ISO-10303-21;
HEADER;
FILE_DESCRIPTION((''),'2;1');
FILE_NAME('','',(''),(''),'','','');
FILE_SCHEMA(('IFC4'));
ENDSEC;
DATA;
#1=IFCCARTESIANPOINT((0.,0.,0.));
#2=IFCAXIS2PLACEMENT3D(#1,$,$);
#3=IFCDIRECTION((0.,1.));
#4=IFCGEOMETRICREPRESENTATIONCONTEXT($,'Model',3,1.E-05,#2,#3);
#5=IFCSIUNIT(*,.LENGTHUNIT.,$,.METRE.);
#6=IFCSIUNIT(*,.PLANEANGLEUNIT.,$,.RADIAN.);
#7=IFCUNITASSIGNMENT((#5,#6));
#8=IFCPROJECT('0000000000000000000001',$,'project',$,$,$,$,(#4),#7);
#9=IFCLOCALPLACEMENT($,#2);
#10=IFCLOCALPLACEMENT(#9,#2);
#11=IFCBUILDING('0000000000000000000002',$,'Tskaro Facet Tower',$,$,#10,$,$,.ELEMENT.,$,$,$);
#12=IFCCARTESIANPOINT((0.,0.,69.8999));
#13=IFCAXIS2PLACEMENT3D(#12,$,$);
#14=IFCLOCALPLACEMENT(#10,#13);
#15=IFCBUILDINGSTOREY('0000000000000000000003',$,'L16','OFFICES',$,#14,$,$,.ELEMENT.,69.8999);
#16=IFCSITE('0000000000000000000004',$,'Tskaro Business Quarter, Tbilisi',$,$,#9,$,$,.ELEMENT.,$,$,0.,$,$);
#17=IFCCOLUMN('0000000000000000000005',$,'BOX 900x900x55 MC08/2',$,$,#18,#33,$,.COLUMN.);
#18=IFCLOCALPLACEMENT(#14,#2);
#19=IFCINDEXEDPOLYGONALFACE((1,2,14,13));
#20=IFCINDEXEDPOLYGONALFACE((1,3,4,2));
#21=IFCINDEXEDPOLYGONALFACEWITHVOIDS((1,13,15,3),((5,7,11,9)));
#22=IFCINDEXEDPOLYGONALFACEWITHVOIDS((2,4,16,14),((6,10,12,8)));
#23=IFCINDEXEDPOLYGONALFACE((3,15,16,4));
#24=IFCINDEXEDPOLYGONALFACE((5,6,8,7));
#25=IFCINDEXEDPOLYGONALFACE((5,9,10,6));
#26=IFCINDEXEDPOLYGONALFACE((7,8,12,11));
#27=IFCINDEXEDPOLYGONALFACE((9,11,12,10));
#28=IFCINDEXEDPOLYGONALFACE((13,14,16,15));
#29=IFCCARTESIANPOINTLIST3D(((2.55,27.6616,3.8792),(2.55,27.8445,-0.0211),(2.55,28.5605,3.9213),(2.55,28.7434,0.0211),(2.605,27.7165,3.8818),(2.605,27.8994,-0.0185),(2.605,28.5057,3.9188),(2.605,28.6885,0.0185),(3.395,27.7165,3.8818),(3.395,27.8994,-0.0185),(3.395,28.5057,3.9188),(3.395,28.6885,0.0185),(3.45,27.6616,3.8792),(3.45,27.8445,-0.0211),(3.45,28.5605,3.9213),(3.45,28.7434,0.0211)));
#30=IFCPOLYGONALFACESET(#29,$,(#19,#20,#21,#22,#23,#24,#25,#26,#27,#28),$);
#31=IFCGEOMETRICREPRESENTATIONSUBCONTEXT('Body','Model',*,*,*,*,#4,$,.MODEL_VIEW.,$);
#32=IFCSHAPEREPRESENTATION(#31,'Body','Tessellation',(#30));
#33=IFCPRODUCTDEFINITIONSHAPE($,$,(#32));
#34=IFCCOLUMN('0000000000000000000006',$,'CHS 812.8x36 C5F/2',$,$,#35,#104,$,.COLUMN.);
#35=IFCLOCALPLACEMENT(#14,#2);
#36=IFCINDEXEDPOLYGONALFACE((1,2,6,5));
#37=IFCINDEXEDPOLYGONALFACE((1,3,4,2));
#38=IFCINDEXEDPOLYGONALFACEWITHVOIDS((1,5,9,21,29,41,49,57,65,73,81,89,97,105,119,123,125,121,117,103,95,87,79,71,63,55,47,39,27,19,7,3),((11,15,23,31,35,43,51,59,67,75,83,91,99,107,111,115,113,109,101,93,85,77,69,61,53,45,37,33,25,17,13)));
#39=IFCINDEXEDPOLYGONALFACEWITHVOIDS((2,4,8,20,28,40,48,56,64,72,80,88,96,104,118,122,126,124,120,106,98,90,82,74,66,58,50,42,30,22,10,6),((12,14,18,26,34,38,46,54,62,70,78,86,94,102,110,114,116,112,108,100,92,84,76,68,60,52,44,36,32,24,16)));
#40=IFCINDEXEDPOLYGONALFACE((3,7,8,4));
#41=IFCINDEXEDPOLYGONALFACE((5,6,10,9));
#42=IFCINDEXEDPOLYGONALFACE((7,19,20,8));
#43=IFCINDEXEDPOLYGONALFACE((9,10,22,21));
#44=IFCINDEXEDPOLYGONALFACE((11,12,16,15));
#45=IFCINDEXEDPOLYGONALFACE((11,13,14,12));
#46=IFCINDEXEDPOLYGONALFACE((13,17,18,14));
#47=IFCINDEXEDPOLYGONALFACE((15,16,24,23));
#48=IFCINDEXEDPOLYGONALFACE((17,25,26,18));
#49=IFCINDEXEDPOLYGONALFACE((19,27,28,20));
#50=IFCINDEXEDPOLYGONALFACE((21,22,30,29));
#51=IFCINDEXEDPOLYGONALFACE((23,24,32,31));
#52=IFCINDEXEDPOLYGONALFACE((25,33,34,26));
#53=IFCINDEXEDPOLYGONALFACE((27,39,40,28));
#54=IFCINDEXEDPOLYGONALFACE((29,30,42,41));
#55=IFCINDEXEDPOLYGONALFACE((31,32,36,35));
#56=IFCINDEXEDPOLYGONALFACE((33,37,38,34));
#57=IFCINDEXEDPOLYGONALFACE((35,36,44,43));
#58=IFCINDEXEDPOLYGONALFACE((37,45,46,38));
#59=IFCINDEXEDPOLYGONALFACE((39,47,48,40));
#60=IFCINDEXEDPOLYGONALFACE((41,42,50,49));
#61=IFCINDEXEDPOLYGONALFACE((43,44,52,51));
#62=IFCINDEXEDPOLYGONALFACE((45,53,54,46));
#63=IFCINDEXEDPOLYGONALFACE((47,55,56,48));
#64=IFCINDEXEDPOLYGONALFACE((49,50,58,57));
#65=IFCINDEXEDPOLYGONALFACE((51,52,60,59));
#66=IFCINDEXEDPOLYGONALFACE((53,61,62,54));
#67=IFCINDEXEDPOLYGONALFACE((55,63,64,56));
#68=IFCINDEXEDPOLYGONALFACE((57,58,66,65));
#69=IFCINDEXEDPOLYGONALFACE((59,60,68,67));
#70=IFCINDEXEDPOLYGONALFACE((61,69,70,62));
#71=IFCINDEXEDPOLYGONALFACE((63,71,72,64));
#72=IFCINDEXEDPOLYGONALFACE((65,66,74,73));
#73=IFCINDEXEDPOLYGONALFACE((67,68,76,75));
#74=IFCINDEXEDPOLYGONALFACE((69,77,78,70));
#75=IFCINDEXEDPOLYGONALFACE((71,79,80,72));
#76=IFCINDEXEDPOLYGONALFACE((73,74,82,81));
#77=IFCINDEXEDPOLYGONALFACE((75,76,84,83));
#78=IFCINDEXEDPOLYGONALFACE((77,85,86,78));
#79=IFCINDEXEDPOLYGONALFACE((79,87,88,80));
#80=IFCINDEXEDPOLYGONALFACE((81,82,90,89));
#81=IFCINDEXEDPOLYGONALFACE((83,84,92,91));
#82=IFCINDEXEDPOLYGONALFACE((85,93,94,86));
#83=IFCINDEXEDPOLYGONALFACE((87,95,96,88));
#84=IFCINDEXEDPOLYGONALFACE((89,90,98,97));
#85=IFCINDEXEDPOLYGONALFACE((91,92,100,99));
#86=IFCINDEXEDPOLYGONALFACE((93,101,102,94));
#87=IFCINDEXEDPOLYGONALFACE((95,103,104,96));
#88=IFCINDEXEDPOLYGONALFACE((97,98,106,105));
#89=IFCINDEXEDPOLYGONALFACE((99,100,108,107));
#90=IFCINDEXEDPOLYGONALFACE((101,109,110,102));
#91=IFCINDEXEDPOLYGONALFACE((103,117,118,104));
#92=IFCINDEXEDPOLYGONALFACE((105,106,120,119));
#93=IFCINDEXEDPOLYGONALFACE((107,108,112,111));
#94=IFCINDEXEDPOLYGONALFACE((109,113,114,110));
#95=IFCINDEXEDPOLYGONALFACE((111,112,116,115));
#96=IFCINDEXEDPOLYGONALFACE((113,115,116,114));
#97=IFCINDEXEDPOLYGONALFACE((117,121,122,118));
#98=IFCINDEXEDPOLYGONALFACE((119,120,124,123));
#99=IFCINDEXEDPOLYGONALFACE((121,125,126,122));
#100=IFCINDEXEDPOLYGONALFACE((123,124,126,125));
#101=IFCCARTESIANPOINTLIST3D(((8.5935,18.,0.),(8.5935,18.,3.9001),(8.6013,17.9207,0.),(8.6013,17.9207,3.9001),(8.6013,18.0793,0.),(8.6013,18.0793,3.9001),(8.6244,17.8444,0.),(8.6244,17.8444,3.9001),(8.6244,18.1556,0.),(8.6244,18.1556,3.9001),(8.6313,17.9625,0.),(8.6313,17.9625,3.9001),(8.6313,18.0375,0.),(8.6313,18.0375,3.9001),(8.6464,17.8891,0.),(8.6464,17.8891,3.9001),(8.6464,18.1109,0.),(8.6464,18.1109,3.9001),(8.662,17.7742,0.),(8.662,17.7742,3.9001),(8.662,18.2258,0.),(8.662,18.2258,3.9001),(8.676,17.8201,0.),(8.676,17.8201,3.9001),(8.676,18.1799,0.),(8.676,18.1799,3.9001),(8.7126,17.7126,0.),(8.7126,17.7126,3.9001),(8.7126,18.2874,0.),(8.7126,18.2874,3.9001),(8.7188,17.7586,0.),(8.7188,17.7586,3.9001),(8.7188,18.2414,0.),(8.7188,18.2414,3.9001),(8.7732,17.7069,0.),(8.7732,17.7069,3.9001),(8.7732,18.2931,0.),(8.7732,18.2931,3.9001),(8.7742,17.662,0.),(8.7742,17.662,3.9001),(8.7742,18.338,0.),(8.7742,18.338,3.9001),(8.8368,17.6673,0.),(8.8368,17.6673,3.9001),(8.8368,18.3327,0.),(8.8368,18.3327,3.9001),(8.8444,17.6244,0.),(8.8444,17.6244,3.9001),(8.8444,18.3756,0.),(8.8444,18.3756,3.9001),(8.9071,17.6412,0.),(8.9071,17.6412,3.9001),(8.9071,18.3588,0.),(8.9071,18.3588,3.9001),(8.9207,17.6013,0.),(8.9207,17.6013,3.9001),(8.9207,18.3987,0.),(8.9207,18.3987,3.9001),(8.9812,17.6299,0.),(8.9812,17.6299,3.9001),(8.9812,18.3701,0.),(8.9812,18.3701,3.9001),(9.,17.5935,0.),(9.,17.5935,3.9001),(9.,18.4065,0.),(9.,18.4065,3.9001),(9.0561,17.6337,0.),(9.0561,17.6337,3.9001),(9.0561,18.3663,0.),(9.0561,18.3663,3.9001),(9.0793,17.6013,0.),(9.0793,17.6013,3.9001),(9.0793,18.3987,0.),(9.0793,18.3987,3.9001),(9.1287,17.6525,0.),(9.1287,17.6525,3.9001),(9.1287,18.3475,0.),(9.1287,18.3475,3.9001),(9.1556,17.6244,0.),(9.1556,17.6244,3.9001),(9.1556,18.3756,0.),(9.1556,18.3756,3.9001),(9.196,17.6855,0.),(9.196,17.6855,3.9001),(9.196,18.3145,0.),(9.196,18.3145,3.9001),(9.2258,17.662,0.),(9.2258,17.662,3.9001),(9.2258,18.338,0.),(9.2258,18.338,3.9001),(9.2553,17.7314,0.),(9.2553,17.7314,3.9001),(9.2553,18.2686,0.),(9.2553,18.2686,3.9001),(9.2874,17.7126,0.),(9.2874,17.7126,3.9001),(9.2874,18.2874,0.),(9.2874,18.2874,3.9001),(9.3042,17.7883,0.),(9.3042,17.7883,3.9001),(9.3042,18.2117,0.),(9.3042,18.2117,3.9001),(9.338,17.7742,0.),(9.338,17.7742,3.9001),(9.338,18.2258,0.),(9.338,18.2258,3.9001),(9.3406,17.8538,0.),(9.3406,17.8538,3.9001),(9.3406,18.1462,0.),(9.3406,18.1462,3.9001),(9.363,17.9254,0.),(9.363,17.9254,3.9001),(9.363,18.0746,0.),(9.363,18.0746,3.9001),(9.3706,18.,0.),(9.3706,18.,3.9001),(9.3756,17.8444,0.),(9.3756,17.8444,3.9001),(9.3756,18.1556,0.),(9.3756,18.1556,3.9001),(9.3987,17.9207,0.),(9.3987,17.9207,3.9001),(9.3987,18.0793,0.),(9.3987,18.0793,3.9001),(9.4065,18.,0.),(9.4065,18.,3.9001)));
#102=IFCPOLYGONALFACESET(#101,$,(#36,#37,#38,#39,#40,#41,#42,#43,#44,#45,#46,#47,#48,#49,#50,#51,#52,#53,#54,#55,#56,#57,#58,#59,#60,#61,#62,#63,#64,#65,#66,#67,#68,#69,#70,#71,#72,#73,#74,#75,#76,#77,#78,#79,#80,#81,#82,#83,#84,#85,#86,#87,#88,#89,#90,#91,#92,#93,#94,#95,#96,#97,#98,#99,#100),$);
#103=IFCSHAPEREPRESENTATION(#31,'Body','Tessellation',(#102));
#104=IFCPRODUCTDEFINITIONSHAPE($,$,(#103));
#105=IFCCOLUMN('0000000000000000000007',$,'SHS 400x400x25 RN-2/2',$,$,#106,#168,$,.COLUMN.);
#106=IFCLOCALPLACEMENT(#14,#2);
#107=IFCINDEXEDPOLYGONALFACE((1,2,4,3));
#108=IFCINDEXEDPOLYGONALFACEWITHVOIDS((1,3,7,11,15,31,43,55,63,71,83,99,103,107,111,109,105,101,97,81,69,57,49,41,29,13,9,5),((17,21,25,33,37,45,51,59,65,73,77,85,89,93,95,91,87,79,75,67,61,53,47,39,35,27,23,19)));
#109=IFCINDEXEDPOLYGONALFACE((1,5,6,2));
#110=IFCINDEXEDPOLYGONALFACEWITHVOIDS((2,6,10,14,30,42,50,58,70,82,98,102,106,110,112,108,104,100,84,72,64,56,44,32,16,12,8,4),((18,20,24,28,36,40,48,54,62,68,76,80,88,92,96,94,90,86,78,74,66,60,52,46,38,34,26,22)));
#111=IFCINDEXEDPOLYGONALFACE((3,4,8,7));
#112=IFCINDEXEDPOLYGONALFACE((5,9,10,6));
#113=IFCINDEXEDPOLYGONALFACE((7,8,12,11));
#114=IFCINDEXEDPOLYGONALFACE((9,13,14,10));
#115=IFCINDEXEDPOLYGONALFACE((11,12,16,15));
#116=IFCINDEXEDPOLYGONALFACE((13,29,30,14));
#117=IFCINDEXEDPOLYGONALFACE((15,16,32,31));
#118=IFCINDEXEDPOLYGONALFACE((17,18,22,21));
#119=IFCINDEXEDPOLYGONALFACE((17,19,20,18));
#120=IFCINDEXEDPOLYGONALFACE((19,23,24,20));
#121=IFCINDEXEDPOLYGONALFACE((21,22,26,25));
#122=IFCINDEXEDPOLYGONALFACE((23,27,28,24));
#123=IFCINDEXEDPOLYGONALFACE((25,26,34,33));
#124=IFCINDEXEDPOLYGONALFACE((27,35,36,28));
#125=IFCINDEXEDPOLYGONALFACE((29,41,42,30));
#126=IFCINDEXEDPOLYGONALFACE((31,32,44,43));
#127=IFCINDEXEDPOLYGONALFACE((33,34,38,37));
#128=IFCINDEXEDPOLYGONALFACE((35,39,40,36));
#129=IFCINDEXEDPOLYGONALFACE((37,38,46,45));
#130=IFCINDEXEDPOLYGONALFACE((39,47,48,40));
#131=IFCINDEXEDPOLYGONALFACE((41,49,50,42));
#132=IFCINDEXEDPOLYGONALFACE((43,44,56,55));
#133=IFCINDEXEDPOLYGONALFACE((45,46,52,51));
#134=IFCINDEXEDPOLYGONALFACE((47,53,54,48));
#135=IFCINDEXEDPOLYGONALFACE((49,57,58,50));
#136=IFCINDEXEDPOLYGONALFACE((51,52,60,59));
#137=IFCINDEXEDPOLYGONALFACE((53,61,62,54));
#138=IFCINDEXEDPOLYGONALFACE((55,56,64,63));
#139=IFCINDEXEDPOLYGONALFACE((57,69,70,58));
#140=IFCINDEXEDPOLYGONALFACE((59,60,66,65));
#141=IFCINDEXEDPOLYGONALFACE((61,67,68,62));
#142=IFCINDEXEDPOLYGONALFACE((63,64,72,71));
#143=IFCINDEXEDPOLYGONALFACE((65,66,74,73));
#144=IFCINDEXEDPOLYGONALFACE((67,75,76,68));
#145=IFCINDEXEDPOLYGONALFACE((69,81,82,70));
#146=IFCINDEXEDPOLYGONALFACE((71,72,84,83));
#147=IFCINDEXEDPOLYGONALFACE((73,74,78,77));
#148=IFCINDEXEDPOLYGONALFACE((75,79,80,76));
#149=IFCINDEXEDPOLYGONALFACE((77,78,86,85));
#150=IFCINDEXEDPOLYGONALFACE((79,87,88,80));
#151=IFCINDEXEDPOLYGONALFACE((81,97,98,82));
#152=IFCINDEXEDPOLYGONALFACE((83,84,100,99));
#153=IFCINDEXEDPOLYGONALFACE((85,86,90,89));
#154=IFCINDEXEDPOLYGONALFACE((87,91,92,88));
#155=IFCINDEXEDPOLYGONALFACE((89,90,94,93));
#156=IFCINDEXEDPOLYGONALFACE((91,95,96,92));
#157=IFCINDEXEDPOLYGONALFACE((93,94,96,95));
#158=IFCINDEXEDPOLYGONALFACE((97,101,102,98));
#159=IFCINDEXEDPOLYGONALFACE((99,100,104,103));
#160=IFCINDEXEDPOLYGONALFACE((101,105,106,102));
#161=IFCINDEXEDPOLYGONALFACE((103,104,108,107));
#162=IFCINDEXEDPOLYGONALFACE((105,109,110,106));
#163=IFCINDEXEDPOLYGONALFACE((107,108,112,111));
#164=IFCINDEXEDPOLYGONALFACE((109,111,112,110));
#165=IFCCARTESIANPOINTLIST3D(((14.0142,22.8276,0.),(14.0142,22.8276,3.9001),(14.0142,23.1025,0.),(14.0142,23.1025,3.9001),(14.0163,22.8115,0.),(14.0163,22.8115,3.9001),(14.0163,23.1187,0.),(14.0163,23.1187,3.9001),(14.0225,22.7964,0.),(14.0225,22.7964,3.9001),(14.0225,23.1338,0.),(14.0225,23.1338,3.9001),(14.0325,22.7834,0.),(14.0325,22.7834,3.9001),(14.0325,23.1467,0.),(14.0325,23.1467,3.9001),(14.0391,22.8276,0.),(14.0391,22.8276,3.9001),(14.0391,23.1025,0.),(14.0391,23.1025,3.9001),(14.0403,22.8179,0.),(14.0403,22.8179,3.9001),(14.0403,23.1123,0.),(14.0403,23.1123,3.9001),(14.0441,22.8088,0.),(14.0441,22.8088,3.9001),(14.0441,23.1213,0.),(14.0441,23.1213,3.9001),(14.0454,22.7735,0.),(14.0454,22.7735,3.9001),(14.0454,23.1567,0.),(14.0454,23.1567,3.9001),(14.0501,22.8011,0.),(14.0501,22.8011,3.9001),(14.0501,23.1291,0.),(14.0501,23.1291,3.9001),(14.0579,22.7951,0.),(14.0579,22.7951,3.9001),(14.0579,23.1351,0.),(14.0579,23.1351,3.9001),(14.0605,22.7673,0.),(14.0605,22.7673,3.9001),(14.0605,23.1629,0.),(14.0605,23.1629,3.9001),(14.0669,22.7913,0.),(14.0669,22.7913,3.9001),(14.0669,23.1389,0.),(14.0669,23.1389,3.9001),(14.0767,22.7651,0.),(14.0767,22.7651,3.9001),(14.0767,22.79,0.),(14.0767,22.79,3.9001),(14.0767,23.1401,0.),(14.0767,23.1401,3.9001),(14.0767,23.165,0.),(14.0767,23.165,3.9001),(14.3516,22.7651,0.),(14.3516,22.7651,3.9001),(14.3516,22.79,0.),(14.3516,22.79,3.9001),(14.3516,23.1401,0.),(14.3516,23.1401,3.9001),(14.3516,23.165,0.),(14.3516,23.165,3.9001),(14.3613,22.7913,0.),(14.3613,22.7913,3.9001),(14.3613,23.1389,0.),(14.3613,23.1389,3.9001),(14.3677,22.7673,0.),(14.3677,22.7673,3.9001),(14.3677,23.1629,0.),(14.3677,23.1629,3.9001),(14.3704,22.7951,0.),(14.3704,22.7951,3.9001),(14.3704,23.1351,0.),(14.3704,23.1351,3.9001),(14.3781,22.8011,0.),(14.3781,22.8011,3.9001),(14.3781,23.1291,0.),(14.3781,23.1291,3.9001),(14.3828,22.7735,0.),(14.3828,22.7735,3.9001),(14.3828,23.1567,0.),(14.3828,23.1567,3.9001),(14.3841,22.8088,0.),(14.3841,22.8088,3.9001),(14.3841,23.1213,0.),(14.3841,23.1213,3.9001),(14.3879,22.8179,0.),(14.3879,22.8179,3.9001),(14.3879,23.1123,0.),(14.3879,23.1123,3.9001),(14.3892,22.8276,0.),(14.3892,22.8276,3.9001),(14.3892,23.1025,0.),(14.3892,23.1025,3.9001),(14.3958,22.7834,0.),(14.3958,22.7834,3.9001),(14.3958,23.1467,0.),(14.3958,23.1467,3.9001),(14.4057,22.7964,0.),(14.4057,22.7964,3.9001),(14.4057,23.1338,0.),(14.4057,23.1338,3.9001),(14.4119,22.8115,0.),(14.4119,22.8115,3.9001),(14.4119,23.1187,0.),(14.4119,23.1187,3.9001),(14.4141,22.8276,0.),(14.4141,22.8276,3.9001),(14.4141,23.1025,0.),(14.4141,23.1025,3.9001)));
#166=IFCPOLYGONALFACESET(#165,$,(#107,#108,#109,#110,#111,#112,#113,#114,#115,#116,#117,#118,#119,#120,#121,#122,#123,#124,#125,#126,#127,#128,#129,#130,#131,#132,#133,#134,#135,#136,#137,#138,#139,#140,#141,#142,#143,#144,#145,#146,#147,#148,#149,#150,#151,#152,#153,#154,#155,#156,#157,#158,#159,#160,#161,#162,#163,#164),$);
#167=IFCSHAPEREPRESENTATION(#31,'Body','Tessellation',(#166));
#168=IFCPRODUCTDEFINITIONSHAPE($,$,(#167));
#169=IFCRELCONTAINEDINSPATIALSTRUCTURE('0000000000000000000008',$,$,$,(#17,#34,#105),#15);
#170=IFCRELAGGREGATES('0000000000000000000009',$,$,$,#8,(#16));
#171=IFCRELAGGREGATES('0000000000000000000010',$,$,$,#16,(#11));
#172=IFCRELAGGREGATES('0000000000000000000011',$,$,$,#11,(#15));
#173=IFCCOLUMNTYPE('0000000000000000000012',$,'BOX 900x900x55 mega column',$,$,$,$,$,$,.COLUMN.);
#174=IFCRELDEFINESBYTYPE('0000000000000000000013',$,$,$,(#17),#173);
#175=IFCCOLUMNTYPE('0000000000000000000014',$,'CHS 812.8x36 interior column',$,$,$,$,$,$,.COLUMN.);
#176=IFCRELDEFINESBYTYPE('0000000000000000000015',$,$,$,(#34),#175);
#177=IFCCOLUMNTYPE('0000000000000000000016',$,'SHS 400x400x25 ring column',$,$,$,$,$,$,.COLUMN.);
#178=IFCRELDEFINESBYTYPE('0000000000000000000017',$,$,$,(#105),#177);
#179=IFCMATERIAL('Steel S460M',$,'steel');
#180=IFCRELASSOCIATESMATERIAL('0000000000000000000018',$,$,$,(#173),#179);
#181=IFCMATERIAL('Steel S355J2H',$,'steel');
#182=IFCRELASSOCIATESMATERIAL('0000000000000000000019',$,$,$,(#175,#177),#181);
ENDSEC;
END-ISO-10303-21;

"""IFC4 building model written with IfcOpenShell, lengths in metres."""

from ifc_helpers import new_model, si_unit, direction, frame, origin, origin_2d, place, context, subcontext, project, spatial, hollow_rectangle, hollow_circle, extrude, material, material_profile, profile_set, type_object, element, save


model = new_model("IFC4")

# Units and contexts
model_context = context("Model", 3, precision=1e-05, world=origin(), true_north=direction((0.0, 1.0)))
body_context = subcontext(model_context, "Body", "Model", "MODEL_VIEW")
ifc_project = project(units=[si_unit("LENGTHUNIT", "METRE"), si_unit("PLANEANGLEUNIT", "RADIAN")], contexts=[model_context])

# Site, building, storey
site_placement = place(None, origin())
site = spatial("IfcSite", under=ifc_project, at=site_placement, Name="Tskaro Business Quarter, Tbilisi", CompositionType="ELEMENT", RefElevation=0.0)
building_placement = place(site_placement, origin())
building = spatial("IfcBuilding", under=site, at=building_placement, Name="Tskaro Facet Tower", CompositionType="ELEMENT")
storey_placement = place(building_placement, frame((0.0, 0.0, 69.8999)))
storey = spatial("IfcBuildingStorey", under=building, at=storey_placement, Name="L16", Description="OFFICES", CompositionType="ELEMENT", Elevation=69.8999)

# Columns
ifc_material_1 = material(Name="Steel S460M", Category="steel")
ifc_material_profile_1 = material_profile(ifc_material_1, hollow_rectangle(XDim=0.8999, YDim=0.8999, WallThickness=0.0549, at=origin_2d()), Name="BOX 900x900x55")
ifc_profile_set_1 = profile_set([ifc_material_profile_1], Name="Steel S460M")
column_type_1 = type_object("IfcColumnType", Name="BOX 900x900x55 mega column", PredefinedType="COLUMN", material=ifc_profile_set_1)
column_1_placement = place(storey_placement, frame((3.0, 28.2939, 0.0), z_axis=(0.0, -0.046834, 0.998903), x_axis=(1.0, 0.0, 0.0)))
element("IfcColumn", 1, at=column_1_placement, inside=storey, type_object=column_type_1, Name="BOX 900x900x55 MC08/2", PredefinedType="COLUMN", context=body_context, shape_type="SweptSolid", body=[
    extrude(hollow_rectangle(XDim=0.8999, YDim=0.8999, WallThickness=0.0549, at=origin_2d()), origin(), (0.0, 0.0, 1.0), 3.9045),
])
ifc_material_2 = material(Name="Steel S355J2H", Category="steel")
ifc_material_profile_2 = material_profile(ifc_material_2, hollow_circle(Radius=0.4065, WallThickness=0.0359, at=origin_2d()), Name="CHS 812.8x36")
ifc_profile_set_2 = profile_set([ifc_material_profile_2], Name="Steel S355J2H")
column_type_2 = type_object("IfcColumnType", Name="CHS 812.8x36 interior column", PredefinedType="COLUMN", material=ifc_profile_set_2)
column_2_placement = place(storey_placement, frame((9.0, 18.0, 0.0), z_axis=(0.0, 0.0, 1.0), x_axis=(1.0, 0.0, 0.0)))
element("IfcColumn", 2, at=column_2_placement, inside=storey, type_object=column_type_2, Name="CHS 812.8x36 C5F/2", PredefinedType="COLUMN", context=body_context, shape_type="SweptSolid", body=[
    extrude(hollow_circle(Radius=0.4065, WallThickness=0.0359, at=origin_2d()), origin(), (0.0, 0.0, 1.0), 3.9001),
])
ifc_material_profile_3 = material_profile(ifc_material_2, hollow_rectangle(XDim=0.3999, YDim=0.3999, WallThickness=0.0249, InnerFilletRadius=0.0376, OuterFilletRadius=0.0625, at=origin_2d()), Name="SHS 400x400x25")
ifc_profile_set_3 = profile_set([ifc_material_profile_3], Name="Steel S355J2H")
column_type_3 = type_object("IfcColumnType", Name="SHS 400x400x25 ring column", PredefinedType="COLUMN", material=ifc_profile_set_3)
for number, where, z_axis, x_axis, name in (
    (3, (14.2141, 22.9651, 0.0), (0.0, 0.0, 1.0), (1.0, 0.0, 0.0), "SHS 400x400x25 RN-2/2"),
):
    element("IfcColumn", number, at=place(storey_placement, frame(where, z_axis=z_axis, x_axis=x_axis)), inside=storey, type_object=column_type_3, Name=name, PredefinedType="COLUMN", context=body_context, shape_type="SweptSolid", body=[
        extrude(hollow_rectangle(XDim=0.3999, YDim=0.3999, WallThickness=0.0249, InnerFilletRadius=0.0376, OuterFilletRadius=0.0625, at=origin_2d()), origin(), (0.0, 0.0, 1.0), 3.9001),
    ])

save(model, "model.ifc")
